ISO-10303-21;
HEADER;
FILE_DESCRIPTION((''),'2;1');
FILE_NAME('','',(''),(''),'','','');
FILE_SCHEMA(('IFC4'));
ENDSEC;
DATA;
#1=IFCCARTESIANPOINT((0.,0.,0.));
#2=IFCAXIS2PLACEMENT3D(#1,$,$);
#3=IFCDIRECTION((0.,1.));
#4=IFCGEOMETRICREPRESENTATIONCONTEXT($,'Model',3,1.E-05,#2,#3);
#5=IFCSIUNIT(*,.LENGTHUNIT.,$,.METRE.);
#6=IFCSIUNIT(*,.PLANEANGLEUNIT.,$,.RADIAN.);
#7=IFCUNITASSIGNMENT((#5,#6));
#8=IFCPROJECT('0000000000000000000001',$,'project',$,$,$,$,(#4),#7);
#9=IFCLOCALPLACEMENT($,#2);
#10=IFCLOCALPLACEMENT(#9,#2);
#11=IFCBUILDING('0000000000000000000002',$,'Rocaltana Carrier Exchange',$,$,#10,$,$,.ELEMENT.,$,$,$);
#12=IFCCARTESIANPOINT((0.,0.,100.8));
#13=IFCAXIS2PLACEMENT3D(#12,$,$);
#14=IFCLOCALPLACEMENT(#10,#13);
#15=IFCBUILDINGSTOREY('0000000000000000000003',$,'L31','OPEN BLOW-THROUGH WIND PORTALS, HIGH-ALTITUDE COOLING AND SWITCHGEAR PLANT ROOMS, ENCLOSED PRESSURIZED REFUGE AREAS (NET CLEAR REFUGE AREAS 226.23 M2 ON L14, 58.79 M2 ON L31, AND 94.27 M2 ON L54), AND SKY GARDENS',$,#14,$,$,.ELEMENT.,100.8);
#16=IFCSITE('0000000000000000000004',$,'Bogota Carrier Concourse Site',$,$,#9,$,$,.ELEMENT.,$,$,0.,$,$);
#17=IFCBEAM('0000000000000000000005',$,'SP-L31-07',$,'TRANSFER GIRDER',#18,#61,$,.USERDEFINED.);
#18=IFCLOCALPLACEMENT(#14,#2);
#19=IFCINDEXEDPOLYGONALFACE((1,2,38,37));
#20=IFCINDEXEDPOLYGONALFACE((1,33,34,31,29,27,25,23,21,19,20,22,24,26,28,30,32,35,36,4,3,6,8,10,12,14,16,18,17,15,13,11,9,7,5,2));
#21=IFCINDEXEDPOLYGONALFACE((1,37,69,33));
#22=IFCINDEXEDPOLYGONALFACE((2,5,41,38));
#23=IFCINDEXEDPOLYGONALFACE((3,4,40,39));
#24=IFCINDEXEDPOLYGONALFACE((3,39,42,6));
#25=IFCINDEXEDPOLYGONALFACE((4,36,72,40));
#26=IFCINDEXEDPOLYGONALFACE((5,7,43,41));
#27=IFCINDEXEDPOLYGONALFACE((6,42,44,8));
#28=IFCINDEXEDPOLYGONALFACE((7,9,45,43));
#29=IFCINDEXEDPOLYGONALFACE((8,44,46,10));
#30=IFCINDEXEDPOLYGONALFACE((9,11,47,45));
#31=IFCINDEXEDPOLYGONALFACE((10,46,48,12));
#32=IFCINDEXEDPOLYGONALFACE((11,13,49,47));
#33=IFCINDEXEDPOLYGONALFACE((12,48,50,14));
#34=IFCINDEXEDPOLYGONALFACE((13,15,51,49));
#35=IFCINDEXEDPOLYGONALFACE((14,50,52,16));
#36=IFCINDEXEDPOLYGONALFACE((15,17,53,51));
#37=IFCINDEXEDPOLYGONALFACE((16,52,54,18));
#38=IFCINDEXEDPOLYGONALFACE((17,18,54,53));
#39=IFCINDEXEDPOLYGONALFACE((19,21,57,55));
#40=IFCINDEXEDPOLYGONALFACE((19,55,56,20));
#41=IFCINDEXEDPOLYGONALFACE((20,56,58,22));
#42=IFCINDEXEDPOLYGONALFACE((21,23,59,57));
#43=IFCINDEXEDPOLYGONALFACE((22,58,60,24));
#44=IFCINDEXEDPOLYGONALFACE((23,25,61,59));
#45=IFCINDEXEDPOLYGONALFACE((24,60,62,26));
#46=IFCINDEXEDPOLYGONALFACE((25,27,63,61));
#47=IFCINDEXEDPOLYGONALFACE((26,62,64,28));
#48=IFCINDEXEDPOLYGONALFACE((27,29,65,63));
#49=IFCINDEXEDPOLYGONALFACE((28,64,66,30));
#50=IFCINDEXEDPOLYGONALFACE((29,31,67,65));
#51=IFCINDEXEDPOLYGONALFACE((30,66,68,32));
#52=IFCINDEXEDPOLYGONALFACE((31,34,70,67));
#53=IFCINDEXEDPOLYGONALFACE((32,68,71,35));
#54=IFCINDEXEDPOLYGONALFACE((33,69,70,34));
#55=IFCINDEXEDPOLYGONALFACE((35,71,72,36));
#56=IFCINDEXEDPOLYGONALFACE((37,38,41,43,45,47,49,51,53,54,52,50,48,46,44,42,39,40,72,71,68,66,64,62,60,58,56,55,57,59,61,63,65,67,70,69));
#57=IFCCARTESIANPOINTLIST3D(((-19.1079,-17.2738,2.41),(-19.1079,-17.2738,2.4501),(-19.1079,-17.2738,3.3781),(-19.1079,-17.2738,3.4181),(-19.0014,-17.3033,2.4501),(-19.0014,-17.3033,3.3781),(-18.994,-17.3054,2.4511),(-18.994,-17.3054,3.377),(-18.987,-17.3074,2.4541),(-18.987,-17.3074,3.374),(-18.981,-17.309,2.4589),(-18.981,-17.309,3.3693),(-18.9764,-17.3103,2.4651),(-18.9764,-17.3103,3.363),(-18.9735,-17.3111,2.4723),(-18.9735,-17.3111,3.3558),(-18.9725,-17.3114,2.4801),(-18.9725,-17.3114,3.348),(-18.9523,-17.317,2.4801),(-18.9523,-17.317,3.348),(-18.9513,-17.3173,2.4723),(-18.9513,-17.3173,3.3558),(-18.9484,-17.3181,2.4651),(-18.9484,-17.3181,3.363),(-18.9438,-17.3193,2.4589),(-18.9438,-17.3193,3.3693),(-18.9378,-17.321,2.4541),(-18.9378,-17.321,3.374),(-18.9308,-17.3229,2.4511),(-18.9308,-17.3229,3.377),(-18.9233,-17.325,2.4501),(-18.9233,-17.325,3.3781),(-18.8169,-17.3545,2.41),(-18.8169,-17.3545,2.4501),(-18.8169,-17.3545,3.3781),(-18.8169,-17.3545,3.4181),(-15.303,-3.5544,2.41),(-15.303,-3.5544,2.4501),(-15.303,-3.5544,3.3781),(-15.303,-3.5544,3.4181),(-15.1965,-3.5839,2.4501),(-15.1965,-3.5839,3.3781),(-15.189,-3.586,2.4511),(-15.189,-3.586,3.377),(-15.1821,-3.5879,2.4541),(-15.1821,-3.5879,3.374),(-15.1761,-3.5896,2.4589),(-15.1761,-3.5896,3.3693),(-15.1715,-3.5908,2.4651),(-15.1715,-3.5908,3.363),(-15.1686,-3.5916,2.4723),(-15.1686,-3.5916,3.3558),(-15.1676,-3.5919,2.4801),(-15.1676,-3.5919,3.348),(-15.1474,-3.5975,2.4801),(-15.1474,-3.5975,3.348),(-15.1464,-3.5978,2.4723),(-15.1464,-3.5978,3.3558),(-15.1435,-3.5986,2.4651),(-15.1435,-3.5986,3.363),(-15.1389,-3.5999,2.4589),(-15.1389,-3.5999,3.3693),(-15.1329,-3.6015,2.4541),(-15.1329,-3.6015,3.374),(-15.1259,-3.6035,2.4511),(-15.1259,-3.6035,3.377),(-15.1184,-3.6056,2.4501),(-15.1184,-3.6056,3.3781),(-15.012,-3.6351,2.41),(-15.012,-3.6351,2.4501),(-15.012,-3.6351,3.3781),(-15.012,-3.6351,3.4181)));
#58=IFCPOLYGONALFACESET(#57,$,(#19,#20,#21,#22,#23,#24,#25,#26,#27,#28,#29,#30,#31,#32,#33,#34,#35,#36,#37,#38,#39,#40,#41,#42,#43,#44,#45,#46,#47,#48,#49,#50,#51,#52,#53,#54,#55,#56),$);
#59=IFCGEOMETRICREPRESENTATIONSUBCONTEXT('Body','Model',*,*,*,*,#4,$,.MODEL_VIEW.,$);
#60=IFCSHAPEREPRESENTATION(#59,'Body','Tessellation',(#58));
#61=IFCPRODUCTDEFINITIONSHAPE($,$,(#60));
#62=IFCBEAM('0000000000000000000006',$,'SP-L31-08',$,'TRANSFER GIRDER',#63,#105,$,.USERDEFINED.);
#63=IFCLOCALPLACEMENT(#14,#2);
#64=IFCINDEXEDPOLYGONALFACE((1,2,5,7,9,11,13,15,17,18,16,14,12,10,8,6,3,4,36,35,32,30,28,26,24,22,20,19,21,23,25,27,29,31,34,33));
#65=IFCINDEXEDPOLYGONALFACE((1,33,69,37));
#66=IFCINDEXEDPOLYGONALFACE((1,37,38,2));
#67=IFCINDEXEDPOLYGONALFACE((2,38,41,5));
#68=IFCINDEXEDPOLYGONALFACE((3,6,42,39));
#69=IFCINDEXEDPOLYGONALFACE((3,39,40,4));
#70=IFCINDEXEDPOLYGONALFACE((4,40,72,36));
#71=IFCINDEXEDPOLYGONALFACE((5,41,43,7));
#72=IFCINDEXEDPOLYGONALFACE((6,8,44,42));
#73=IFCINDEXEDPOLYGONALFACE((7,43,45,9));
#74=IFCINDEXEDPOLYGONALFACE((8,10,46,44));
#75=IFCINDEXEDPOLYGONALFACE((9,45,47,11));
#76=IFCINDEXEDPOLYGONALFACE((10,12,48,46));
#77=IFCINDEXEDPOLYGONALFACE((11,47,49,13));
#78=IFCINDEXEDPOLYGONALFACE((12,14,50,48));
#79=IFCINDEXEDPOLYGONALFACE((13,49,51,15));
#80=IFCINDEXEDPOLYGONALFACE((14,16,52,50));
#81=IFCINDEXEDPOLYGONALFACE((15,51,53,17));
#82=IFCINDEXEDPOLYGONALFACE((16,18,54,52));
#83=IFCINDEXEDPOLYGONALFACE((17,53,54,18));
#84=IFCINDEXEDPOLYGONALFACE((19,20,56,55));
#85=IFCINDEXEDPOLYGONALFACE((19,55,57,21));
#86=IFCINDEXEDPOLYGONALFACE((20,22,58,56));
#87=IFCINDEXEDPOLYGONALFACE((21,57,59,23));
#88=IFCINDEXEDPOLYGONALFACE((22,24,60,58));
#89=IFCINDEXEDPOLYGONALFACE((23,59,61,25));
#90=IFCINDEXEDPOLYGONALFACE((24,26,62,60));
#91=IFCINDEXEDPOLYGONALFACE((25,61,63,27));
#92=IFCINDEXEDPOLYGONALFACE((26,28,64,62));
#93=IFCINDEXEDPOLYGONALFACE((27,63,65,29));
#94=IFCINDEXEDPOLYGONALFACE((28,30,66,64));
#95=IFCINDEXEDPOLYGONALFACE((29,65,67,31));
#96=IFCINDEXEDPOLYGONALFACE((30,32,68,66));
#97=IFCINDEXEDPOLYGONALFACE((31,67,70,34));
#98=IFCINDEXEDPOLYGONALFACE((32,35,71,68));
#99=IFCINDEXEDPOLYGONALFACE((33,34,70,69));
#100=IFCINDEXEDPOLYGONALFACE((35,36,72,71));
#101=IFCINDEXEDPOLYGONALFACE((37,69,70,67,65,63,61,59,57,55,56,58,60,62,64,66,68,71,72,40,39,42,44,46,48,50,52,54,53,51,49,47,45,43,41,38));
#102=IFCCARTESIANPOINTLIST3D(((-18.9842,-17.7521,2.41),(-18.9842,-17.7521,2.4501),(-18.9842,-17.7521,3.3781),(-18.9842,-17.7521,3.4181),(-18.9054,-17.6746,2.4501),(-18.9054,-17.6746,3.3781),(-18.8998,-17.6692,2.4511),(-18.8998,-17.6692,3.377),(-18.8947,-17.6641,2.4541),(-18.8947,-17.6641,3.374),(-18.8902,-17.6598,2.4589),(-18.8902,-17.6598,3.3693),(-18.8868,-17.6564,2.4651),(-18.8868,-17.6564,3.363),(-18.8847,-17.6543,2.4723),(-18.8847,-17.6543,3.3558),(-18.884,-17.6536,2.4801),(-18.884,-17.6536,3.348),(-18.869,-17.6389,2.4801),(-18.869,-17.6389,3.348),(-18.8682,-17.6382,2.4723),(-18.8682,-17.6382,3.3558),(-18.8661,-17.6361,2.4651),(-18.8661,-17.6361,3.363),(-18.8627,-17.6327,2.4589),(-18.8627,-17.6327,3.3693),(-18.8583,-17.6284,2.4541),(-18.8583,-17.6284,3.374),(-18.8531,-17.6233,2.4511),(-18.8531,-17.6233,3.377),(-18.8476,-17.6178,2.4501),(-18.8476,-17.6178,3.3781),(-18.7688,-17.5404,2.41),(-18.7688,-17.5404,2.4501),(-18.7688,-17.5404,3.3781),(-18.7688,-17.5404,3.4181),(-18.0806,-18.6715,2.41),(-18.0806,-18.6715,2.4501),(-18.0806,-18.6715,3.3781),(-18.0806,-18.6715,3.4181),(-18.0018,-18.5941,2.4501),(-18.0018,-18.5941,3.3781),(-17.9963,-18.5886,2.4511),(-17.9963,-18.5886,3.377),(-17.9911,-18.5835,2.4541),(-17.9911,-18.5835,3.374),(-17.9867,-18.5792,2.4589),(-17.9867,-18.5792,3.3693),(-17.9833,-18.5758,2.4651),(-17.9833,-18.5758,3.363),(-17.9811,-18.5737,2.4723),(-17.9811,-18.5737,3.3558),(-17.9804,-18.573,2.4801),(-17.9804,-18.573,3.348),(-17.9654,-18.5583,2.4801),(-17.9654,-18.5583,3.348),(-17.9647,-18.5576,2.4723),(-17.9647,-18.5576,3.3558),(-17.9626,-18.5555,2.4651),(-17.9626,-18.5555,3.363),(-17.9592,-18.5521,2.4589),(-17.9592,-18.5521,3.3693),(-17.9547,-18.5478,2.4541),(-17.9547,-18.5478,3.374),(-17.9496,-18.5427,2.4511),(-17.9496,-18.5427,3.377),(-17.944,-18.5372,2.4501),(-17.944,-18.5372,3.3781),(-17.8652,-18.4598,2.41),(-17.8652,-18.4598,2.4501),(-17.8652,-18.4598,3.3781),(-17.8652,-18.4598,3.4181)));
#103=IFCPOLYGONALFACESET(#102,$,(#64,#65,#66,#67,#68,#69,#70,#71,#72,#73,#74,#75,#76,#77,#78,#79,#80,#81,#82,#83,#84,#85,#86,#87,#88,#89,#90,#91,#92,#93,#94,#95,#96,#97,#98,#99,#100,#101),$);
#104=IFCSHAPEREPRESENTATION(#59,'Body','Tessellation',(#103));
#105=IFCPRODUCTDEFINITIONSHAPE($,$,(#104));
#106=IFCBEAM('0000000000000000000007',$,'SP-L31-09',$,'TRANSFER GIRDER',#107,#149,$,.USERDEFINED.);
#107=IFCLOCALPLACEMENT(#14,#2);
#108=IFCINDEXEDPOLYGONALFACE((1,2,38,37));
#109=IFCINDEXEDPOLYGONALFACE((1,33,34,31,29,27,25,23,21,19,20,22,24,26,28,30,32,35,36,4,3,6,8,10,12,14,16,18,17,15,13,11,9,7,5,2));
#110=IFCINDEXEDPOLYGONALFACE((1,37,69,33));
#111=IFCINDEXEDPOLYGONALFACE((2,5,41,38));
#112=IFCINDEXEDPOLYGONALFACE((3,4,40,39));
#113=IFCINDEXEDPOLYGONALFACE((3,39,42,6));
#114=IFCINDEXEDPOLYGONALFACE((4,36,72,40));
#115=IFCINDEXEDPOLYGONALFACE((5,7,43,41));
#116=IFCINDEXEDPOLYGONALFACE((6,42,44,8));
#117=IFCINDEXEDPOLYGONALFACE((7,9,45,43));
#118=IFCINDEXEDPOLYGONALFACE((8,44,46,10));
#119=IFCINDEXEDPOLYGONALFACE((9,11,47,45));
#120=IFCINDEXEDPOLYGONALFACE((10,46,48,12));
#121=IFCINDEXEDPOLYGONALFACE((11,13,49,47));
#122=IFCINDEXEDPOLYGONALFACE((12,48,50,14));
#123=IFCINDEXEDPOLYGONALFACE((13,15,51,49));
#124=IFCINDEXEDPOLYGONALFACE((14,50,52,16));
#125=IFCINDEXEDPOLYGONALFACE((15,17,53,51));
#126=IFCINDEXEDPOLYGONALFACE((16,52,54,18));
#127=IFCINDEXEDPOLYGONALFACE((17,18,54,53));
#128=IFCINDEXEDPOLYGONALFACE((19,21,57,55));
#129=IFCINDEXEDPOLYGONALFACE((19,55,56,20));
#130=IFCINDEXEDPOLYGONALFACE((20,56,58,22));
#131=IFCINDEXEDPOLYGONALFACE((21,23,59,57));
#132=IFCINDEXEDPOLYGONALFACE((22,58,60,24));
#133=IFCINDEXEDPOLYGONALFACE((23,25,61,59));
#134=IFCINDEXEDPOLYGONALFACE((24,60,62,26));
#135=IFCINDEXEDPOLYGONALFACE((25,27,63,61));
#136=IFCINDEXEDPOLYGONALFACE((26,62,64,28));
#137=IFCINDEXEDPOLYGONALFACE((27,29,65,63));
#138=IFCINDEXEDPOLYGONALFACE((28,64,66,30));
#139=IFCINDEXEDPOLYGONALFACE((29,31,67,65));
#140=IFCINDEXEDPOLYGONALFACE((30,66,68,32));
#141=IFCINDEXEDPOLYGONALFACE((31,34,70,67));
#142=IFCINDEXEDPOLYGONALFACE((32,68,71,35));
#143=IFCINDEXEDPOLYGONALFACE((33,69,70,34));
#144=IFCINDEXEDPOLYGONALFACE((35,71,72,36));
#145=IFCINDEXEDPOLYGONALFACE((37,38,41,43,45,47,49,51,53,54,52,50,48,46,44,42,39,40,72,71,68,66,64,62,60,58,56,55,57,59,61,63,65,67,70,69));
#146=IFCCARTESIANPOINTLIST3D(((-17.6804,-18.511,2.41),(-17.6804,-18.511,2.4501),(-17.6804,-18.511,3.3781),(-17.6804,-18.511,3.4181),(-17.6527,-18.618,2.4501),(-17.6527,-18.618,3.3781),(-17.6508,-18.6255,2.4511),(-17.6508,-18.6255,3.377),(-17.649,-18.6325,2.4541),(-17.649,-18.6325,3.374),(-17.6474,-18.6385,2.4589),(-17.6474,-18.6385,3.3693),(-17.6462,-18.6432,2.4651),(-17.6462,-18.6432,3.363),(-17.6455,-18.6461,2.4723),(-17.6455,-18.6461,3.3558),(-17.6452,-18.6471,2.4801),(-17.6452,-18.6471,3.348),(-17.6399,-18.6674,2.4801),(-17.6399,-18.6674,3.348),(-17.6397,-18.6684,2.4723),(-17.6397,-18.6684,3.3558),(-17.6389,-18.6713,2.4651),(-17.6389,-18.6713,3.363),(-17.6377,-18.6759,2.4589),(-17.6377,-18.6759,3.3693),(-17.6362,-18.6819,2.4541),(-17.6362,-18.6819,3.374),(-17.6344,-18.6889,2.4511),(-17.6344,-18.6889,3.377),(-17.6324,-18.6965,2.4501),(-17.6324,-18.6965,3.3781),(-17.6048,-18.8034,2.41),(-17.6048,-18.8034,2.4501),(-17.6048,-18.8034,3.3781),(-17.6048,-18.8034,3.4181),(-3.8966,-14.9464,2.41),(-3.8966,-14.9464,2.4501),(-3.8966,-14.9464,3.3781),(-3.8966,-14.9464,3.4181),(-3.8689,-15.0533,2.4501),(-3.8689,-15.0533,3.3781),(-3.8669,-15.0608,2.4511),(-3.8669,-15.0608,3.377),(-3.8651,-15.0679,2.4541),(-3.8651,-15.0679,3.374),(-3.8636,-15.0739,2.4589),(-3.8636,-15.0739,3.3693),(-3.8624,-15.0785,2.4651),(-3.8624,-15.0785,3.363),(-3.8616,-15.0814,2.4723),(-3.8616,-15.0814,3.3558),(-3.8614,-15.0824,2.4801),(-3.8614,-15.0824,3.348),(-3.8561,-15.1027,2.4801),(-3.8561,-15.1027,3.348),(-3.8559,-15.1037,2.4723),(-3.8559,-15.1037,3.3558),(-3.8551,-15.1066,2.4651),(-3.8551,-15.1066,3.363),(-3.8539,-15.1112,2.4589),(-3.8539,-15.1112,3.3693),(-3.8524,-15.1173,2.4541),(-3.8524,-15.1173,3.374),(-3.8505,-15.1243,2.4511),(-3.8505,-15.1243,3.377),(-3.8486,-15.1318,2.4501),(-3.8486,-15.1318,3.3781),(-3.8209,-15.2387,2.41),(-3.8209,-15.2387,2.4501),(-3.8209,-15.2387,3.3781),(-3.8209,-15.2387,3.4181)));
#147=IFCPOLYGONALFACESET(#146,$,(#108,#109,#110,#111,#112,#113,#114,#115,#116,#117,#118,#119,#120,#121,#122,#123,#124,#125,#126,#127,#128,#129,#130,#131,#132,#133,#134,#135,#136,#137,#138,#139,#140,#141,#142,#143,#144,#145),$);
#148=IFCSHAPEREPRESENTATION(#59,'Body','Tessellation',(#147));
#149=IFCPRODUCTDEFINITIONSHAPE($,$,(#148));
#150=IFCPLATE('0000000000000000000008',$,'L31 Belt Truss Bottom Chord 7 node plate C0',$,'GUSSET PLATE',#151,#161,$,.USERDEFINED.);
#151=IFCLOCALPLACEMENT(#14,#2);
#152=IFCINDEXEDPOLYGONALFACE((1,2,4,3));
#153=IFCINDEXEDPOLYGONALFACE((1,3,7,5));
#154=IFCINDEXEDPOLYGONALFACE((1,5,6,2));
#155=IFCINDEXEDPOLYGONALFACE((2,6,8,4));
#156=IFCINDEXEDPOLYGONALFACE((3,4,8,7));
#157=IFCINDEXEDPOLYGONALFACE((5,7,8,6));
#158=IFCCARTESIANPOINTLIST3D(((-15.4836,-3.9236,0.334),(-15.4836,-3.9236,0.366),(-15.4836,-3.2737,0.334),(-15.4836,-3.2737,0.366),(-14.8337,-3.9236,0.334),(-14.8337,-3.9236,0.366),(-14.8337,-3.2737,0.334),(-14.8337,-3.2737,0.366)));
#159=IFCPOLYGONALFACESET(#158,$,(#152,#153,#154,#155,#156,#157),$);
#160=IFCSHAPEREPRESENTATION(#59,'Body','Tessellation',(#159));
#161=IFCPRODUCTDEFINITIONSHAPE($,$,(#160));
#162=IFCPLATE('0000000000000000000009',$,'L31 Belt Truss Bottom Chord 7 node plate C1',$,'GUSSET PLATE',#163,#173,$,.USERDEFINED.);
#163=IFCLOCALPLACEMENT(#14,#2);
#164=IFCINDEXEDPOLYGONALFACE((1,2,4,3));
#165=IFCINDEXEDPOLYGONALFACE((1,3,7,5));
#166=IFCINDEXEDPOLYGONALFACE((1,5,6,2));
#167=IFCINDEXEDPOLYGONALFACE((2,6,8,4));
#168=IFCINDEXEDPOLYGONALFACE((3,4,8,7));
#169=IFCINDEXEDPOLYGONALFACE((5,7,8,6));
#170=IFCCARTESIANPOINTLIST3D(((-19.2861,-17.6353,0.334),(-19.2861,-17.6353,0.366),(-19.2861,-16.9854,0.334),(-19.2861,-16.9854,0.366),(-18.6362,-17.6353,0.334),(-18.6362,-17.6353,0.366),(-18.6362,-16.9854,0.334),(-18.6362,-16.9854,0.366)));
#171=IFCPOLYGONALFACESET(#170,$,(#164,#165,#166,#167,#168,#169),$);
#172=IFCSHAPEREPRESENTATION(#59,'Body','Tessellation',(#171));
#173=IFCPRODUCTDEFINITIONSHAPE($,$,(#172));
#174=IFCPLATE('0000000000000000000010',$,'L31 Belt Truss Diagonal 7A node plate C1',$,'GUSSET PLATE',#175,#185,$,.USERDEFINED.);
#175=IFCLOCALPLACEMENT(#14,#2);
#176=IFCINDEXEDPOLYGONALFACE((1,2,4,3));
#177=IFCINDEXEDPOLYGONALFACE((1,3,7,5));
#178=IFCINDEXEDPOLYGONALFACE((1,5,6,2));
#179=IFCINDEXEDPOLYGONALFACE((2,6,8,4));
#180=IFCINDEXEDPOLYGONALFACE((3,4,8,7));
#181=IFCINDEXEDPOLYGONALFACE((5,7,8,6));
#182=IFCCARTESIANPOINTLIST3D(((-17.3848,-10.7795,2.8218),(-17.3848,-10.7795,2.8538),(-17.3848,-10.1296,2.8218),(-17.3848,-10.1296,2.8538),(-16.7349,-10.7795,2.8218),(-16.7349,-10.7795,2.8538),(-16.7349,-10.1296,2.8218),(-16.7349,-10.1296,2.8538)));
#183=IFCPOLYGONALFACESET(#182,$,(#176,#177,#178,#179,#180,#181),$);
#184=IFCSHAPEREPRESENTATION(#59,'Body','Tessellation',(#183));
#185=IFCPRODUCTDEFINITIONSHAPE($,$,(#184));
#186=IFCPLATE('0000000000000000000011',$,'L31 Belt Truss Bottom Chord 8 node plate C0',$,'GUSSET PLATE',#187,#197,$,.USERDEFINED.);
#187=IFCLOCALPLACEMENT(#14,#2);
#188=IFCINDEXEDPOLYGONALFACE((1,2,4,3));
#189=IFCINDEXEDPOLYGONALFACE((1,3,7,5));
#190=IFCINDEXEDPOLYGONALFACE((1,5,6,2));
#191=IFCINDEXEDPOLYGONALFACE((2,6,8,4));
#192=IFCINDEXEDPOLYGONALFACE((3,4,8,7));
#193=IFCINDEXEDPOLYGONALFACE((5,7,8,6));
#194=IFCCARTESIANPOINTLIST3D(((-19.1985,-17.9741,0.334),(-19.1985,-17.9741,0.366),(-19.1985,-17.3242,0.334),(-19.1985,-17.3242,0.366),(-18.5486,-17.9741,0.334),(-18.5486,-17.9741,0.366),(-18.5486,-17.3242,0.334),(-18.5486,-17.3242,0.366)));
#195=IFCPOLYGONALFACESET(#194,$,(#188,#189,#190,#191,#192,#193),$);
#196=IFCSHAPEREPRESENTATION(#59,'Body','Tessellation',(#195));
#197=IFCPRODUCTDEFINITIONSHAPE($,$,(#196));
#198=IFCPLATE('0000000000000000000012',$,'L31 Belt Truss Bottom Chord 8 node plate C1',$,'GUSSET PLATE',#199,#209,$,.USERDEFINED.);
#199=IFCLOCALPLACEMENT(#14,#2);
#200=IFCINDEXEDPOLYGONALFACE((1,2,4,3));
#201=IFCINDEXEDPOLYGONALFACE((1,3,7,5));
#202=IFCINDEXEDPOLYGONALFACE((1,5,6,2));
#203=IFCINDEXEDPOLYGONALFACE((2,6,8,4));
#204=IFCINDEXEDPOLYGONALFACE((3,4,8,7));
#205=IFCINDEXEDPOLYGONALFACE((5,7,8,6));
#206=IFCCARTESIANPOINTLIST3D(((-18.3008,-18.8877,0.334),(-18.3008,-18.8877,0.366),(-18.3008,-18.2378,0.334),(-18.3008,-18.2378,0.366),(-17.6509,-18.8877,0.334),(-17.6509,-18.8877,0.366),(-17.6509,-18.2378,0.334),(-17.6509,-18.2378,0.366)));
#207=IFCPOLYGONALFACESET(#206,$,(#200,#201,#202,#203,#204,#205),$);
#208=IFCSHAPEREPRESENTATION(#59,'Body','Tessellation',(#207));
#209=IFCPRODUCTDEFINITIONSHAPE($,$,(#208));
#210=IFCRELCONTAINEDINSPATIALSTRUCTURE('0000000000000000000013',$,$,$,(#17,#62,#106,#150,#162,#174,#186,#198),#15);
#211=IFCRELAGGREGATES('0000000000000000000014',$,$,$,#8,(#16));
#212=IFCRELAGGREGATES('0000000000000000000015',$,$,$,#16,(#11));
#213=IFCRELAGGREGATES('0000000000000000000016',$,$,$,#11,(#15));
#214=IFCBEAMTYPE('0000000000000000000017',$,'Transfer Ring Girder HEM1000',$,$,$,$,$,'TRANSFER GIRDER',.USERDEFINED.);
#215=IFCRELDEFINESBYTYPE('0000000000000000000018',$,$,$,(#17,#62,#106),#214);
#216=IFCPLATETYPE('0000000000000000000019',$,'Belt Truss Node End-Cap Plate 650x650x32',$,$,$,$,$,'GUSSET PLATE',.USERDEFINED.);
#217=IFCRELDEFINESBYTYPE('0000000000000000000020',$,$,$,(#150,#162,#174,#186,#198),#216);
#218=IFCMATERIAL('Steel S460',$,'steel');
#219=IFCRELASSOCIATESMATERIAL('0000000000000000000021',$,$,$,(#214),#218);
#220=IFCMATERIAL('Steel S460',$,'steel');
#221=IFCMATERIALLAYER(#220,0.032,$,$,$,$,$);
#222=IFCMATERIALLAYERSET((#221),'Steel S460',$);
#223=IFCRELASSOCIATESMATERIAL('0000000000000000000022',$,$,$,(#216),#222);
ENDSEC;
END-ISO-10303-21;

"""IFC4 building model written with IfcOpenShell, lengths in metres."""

from ifc_helpers import new_model, si_unit, direction, frame, origin, origin_2d, place, context, subcontext, project, spatial, rectangle, i_section, extrude, material, layer, layer_set, material_profile, profile_set, type_object, element, save


model = new_model("IFC4")

# Units and contexts
model_context = context("Model", 3, precision=1e-05, world=origin(), true_north=direction((0.0, 1.0)))
body_context = subcontext(model_context, "Body", "Model", "MODEL_VIEW")
ifc_project = project(units=[si_unit("LENGTHUNIT", "METRE"), si_unit("PLANEANGLEUNIT", "RADIAN")], contexts=[model_context])

# Site, building, storey
site_placement = place(None, origin())
site = spatial("IfcSite", under=ifc_project, at=site_placement, Name="Bogota Carrier Concourse Site", CompositionType="ELEMENT", RefElevation=0.0)
building_placement = place(site_placement, origin())
building = spatial("IfcBuilding", under=site, at=building_placement, Name="Rocaltana Carrier Exchange", CompositionType="ELEMENT")
storey_placement = place(building_placement, frame((0.0, 0.0, 100.8)))
storey = spatial("IfcBuildingStorey", under=building, at=storey_placement, Name="L31", Description="OPEN BLOW-THROUGH WIND PORTALS, HIGH-ALTITUDE COOLING AND SWITCHGEAR PLANT ROOMS, ENCLOSED PRESSURIZED REFUGE AREAS (NET CLEAR REFUGE AREAS 226.23 M2 ON L14, 58.79 M2 ON L31, AND 94.27 M2 ON L54), AND SKY GARDENS", CompositionType="ELEMENT", Elevation=100.8)

# Beams
ifc_material_1 = material(Name="Steel S460", Category="steel")
ifc_material_profile_1 = material_profile(ifc_material_1, i_section(OverallWidth=0.302, OverallDepth=1.0081, WebThickness=0.021, FlangeThickness=0.04, FilletRadius=0.03, at=origin_2d()), Name="HEM1000")
ifc_profile_set_1 = profile_set([ifc_material_profile_1], Name="Steel S460")
beam_type_1 = type_object("IfcBeamType", Name="Transfer Ring Girder HEM1000", ElementType="TRANSFER GIRDER", PredefinedType="USERDEFINED", material=ifc_profile_set_1)
beam_1_placement = place(storey_placement, frame((-15.1575, -3.5947, 2.9141), z_axis=(-0.26725, -0.963627, 0.0), x_axis=(0.963627, -0.26725, 0.0)))
element("IfcBeam", 1, at=beam_1_placement, inside=storey, type_object=beam_type_1, Name="SP-L31-07", ObjectType="TRANSFER GIRDER", PredefinedType="USERDEFINED", context=body_context, shape_type="SweptSolid", body=[
    extrude(i_section(OverallWidth=0.302, OverallDepth=1.0081, WebThickness=0.021, FlangeThickness=0.04, FilletRadius=0.03, at=origin_2d()), origin(), (0.0, 0.0, 1.0), 14.2373),
])
beam_2_placement = place(storey_placement, frame((-18.8765, -17.6462, 2.9141), z_axis=(0.700925, -0.713235, 0.0), x_axis=(0.713235, 0.700925, 0.0)))
element("IfcBeam", 2, at=beam_2_placement, inside=storey, type_object=beam_type_1, Name="SP-L31-08", ObjectType="TRANSFER GIRDER", PredefinedType="USERDEFINED", context=body_context, shape_type="SweptSolid", body=[
    extrude(i_section(OverallWidth=0.302, OverallDepth=1.0081, WebThickness=0.021, FlangeThickness=0.04, FilletRadius=0.03, at=origin_2d()), origin(), (0.0, 0.0, 1.0), 1.2891),
])
beam_3_placement = place(storey_placement, frame((-17.6426, -18.6572, 2.9141), z_axis=(0.968149, 0.250375, 0.0), x_axis=(-0.250375, 0.968149, 0.0)))
element("IfcBeam", 3, at=beam_3_placement, inside=storey, type_object=beam_type_1, Name="SP-L31-09", ObjectType="TRANSFER GIRDER", PredefinedType="USERDEFINED", context=body_context, shape_type="SweptSolid", body=[
    extrude(i_section(OverallWidth=0.302, OverallDepth=1.0081, WebThickness=0.021, FlangeThickness=0.04, FilletRadius=0.03, at=origin_2d()), origin(), (0.0, 0.0, 1.0), 14.2373),
])

# Plates
ifc_material_2 = material(Name="Steel S460", Category="steel")
ifc_layer_1 = layer(ifc_material_2, 0.032)
ifc_layer_set_1 = layer_set([ifc_layer_1], Name="Steel S460")
plate_type = type_object("IfcPlateType", Name="Belt Truss Node End-Cap Plate 650x650x32", ElementType="GUSSET PLATE", PredefinedType="USERDEFINED", material=ifc_layer_set_1)
for number, where, z_axis, x_axis, name in (
    (4, (-15.1587, -3.5986, 0.334), (0.0, 0.0, 1.0), (1.0, 0.0, 0.0), "L31 Belt Truss Bottom Chord 7 node plate C0"),
    (5, (-18.9612, -17.3103, 0.334), (0.0, 0.0, 1.0), (1.0, 0.0, 0.0), "L31 Belt Truss Bottom Chord 7 node plate C1"),
    (6, (-17.0598, -10.4546, 2.8218), (0.0, 0.0, 1.0), (1.0, 0.0, 0.0), "L31 Belt Truss Diagonal 7A node plate C1"),
    (7, (-18.8735, -17.6492, 0.334), (0.0, 0.0, 1.0), (1.0, 0.0, 0.0), "L31 Belt Truss Bottom Chord 8 node plate C0"),
    (8, (-17.9758, -18.5627, 0.334), (0.0, 0.0, 1.0), (1.0, 0.0, 0.0), "L31 Belt Truss Bottom Chord 8 node plate C1"),
):
    element("IfcPlate", number, at=place(storey_placement, frame(where, z_axis=z_axis, x_axis=x_axis)), inside=storey, type_object=plate_type, Name=name, ObjectType="GUSSET PLATE", PredefinedType="USERDEFINED", context=body_context, shape_type="SweptSolid", body=[
        extrude(rectangle(XDim=0.6499, YDim=0.6499, at=origin_2d()), origin(), (0.0, 0.0, 1.0), 0.032),
    ])

save(model, "model.ifc")
